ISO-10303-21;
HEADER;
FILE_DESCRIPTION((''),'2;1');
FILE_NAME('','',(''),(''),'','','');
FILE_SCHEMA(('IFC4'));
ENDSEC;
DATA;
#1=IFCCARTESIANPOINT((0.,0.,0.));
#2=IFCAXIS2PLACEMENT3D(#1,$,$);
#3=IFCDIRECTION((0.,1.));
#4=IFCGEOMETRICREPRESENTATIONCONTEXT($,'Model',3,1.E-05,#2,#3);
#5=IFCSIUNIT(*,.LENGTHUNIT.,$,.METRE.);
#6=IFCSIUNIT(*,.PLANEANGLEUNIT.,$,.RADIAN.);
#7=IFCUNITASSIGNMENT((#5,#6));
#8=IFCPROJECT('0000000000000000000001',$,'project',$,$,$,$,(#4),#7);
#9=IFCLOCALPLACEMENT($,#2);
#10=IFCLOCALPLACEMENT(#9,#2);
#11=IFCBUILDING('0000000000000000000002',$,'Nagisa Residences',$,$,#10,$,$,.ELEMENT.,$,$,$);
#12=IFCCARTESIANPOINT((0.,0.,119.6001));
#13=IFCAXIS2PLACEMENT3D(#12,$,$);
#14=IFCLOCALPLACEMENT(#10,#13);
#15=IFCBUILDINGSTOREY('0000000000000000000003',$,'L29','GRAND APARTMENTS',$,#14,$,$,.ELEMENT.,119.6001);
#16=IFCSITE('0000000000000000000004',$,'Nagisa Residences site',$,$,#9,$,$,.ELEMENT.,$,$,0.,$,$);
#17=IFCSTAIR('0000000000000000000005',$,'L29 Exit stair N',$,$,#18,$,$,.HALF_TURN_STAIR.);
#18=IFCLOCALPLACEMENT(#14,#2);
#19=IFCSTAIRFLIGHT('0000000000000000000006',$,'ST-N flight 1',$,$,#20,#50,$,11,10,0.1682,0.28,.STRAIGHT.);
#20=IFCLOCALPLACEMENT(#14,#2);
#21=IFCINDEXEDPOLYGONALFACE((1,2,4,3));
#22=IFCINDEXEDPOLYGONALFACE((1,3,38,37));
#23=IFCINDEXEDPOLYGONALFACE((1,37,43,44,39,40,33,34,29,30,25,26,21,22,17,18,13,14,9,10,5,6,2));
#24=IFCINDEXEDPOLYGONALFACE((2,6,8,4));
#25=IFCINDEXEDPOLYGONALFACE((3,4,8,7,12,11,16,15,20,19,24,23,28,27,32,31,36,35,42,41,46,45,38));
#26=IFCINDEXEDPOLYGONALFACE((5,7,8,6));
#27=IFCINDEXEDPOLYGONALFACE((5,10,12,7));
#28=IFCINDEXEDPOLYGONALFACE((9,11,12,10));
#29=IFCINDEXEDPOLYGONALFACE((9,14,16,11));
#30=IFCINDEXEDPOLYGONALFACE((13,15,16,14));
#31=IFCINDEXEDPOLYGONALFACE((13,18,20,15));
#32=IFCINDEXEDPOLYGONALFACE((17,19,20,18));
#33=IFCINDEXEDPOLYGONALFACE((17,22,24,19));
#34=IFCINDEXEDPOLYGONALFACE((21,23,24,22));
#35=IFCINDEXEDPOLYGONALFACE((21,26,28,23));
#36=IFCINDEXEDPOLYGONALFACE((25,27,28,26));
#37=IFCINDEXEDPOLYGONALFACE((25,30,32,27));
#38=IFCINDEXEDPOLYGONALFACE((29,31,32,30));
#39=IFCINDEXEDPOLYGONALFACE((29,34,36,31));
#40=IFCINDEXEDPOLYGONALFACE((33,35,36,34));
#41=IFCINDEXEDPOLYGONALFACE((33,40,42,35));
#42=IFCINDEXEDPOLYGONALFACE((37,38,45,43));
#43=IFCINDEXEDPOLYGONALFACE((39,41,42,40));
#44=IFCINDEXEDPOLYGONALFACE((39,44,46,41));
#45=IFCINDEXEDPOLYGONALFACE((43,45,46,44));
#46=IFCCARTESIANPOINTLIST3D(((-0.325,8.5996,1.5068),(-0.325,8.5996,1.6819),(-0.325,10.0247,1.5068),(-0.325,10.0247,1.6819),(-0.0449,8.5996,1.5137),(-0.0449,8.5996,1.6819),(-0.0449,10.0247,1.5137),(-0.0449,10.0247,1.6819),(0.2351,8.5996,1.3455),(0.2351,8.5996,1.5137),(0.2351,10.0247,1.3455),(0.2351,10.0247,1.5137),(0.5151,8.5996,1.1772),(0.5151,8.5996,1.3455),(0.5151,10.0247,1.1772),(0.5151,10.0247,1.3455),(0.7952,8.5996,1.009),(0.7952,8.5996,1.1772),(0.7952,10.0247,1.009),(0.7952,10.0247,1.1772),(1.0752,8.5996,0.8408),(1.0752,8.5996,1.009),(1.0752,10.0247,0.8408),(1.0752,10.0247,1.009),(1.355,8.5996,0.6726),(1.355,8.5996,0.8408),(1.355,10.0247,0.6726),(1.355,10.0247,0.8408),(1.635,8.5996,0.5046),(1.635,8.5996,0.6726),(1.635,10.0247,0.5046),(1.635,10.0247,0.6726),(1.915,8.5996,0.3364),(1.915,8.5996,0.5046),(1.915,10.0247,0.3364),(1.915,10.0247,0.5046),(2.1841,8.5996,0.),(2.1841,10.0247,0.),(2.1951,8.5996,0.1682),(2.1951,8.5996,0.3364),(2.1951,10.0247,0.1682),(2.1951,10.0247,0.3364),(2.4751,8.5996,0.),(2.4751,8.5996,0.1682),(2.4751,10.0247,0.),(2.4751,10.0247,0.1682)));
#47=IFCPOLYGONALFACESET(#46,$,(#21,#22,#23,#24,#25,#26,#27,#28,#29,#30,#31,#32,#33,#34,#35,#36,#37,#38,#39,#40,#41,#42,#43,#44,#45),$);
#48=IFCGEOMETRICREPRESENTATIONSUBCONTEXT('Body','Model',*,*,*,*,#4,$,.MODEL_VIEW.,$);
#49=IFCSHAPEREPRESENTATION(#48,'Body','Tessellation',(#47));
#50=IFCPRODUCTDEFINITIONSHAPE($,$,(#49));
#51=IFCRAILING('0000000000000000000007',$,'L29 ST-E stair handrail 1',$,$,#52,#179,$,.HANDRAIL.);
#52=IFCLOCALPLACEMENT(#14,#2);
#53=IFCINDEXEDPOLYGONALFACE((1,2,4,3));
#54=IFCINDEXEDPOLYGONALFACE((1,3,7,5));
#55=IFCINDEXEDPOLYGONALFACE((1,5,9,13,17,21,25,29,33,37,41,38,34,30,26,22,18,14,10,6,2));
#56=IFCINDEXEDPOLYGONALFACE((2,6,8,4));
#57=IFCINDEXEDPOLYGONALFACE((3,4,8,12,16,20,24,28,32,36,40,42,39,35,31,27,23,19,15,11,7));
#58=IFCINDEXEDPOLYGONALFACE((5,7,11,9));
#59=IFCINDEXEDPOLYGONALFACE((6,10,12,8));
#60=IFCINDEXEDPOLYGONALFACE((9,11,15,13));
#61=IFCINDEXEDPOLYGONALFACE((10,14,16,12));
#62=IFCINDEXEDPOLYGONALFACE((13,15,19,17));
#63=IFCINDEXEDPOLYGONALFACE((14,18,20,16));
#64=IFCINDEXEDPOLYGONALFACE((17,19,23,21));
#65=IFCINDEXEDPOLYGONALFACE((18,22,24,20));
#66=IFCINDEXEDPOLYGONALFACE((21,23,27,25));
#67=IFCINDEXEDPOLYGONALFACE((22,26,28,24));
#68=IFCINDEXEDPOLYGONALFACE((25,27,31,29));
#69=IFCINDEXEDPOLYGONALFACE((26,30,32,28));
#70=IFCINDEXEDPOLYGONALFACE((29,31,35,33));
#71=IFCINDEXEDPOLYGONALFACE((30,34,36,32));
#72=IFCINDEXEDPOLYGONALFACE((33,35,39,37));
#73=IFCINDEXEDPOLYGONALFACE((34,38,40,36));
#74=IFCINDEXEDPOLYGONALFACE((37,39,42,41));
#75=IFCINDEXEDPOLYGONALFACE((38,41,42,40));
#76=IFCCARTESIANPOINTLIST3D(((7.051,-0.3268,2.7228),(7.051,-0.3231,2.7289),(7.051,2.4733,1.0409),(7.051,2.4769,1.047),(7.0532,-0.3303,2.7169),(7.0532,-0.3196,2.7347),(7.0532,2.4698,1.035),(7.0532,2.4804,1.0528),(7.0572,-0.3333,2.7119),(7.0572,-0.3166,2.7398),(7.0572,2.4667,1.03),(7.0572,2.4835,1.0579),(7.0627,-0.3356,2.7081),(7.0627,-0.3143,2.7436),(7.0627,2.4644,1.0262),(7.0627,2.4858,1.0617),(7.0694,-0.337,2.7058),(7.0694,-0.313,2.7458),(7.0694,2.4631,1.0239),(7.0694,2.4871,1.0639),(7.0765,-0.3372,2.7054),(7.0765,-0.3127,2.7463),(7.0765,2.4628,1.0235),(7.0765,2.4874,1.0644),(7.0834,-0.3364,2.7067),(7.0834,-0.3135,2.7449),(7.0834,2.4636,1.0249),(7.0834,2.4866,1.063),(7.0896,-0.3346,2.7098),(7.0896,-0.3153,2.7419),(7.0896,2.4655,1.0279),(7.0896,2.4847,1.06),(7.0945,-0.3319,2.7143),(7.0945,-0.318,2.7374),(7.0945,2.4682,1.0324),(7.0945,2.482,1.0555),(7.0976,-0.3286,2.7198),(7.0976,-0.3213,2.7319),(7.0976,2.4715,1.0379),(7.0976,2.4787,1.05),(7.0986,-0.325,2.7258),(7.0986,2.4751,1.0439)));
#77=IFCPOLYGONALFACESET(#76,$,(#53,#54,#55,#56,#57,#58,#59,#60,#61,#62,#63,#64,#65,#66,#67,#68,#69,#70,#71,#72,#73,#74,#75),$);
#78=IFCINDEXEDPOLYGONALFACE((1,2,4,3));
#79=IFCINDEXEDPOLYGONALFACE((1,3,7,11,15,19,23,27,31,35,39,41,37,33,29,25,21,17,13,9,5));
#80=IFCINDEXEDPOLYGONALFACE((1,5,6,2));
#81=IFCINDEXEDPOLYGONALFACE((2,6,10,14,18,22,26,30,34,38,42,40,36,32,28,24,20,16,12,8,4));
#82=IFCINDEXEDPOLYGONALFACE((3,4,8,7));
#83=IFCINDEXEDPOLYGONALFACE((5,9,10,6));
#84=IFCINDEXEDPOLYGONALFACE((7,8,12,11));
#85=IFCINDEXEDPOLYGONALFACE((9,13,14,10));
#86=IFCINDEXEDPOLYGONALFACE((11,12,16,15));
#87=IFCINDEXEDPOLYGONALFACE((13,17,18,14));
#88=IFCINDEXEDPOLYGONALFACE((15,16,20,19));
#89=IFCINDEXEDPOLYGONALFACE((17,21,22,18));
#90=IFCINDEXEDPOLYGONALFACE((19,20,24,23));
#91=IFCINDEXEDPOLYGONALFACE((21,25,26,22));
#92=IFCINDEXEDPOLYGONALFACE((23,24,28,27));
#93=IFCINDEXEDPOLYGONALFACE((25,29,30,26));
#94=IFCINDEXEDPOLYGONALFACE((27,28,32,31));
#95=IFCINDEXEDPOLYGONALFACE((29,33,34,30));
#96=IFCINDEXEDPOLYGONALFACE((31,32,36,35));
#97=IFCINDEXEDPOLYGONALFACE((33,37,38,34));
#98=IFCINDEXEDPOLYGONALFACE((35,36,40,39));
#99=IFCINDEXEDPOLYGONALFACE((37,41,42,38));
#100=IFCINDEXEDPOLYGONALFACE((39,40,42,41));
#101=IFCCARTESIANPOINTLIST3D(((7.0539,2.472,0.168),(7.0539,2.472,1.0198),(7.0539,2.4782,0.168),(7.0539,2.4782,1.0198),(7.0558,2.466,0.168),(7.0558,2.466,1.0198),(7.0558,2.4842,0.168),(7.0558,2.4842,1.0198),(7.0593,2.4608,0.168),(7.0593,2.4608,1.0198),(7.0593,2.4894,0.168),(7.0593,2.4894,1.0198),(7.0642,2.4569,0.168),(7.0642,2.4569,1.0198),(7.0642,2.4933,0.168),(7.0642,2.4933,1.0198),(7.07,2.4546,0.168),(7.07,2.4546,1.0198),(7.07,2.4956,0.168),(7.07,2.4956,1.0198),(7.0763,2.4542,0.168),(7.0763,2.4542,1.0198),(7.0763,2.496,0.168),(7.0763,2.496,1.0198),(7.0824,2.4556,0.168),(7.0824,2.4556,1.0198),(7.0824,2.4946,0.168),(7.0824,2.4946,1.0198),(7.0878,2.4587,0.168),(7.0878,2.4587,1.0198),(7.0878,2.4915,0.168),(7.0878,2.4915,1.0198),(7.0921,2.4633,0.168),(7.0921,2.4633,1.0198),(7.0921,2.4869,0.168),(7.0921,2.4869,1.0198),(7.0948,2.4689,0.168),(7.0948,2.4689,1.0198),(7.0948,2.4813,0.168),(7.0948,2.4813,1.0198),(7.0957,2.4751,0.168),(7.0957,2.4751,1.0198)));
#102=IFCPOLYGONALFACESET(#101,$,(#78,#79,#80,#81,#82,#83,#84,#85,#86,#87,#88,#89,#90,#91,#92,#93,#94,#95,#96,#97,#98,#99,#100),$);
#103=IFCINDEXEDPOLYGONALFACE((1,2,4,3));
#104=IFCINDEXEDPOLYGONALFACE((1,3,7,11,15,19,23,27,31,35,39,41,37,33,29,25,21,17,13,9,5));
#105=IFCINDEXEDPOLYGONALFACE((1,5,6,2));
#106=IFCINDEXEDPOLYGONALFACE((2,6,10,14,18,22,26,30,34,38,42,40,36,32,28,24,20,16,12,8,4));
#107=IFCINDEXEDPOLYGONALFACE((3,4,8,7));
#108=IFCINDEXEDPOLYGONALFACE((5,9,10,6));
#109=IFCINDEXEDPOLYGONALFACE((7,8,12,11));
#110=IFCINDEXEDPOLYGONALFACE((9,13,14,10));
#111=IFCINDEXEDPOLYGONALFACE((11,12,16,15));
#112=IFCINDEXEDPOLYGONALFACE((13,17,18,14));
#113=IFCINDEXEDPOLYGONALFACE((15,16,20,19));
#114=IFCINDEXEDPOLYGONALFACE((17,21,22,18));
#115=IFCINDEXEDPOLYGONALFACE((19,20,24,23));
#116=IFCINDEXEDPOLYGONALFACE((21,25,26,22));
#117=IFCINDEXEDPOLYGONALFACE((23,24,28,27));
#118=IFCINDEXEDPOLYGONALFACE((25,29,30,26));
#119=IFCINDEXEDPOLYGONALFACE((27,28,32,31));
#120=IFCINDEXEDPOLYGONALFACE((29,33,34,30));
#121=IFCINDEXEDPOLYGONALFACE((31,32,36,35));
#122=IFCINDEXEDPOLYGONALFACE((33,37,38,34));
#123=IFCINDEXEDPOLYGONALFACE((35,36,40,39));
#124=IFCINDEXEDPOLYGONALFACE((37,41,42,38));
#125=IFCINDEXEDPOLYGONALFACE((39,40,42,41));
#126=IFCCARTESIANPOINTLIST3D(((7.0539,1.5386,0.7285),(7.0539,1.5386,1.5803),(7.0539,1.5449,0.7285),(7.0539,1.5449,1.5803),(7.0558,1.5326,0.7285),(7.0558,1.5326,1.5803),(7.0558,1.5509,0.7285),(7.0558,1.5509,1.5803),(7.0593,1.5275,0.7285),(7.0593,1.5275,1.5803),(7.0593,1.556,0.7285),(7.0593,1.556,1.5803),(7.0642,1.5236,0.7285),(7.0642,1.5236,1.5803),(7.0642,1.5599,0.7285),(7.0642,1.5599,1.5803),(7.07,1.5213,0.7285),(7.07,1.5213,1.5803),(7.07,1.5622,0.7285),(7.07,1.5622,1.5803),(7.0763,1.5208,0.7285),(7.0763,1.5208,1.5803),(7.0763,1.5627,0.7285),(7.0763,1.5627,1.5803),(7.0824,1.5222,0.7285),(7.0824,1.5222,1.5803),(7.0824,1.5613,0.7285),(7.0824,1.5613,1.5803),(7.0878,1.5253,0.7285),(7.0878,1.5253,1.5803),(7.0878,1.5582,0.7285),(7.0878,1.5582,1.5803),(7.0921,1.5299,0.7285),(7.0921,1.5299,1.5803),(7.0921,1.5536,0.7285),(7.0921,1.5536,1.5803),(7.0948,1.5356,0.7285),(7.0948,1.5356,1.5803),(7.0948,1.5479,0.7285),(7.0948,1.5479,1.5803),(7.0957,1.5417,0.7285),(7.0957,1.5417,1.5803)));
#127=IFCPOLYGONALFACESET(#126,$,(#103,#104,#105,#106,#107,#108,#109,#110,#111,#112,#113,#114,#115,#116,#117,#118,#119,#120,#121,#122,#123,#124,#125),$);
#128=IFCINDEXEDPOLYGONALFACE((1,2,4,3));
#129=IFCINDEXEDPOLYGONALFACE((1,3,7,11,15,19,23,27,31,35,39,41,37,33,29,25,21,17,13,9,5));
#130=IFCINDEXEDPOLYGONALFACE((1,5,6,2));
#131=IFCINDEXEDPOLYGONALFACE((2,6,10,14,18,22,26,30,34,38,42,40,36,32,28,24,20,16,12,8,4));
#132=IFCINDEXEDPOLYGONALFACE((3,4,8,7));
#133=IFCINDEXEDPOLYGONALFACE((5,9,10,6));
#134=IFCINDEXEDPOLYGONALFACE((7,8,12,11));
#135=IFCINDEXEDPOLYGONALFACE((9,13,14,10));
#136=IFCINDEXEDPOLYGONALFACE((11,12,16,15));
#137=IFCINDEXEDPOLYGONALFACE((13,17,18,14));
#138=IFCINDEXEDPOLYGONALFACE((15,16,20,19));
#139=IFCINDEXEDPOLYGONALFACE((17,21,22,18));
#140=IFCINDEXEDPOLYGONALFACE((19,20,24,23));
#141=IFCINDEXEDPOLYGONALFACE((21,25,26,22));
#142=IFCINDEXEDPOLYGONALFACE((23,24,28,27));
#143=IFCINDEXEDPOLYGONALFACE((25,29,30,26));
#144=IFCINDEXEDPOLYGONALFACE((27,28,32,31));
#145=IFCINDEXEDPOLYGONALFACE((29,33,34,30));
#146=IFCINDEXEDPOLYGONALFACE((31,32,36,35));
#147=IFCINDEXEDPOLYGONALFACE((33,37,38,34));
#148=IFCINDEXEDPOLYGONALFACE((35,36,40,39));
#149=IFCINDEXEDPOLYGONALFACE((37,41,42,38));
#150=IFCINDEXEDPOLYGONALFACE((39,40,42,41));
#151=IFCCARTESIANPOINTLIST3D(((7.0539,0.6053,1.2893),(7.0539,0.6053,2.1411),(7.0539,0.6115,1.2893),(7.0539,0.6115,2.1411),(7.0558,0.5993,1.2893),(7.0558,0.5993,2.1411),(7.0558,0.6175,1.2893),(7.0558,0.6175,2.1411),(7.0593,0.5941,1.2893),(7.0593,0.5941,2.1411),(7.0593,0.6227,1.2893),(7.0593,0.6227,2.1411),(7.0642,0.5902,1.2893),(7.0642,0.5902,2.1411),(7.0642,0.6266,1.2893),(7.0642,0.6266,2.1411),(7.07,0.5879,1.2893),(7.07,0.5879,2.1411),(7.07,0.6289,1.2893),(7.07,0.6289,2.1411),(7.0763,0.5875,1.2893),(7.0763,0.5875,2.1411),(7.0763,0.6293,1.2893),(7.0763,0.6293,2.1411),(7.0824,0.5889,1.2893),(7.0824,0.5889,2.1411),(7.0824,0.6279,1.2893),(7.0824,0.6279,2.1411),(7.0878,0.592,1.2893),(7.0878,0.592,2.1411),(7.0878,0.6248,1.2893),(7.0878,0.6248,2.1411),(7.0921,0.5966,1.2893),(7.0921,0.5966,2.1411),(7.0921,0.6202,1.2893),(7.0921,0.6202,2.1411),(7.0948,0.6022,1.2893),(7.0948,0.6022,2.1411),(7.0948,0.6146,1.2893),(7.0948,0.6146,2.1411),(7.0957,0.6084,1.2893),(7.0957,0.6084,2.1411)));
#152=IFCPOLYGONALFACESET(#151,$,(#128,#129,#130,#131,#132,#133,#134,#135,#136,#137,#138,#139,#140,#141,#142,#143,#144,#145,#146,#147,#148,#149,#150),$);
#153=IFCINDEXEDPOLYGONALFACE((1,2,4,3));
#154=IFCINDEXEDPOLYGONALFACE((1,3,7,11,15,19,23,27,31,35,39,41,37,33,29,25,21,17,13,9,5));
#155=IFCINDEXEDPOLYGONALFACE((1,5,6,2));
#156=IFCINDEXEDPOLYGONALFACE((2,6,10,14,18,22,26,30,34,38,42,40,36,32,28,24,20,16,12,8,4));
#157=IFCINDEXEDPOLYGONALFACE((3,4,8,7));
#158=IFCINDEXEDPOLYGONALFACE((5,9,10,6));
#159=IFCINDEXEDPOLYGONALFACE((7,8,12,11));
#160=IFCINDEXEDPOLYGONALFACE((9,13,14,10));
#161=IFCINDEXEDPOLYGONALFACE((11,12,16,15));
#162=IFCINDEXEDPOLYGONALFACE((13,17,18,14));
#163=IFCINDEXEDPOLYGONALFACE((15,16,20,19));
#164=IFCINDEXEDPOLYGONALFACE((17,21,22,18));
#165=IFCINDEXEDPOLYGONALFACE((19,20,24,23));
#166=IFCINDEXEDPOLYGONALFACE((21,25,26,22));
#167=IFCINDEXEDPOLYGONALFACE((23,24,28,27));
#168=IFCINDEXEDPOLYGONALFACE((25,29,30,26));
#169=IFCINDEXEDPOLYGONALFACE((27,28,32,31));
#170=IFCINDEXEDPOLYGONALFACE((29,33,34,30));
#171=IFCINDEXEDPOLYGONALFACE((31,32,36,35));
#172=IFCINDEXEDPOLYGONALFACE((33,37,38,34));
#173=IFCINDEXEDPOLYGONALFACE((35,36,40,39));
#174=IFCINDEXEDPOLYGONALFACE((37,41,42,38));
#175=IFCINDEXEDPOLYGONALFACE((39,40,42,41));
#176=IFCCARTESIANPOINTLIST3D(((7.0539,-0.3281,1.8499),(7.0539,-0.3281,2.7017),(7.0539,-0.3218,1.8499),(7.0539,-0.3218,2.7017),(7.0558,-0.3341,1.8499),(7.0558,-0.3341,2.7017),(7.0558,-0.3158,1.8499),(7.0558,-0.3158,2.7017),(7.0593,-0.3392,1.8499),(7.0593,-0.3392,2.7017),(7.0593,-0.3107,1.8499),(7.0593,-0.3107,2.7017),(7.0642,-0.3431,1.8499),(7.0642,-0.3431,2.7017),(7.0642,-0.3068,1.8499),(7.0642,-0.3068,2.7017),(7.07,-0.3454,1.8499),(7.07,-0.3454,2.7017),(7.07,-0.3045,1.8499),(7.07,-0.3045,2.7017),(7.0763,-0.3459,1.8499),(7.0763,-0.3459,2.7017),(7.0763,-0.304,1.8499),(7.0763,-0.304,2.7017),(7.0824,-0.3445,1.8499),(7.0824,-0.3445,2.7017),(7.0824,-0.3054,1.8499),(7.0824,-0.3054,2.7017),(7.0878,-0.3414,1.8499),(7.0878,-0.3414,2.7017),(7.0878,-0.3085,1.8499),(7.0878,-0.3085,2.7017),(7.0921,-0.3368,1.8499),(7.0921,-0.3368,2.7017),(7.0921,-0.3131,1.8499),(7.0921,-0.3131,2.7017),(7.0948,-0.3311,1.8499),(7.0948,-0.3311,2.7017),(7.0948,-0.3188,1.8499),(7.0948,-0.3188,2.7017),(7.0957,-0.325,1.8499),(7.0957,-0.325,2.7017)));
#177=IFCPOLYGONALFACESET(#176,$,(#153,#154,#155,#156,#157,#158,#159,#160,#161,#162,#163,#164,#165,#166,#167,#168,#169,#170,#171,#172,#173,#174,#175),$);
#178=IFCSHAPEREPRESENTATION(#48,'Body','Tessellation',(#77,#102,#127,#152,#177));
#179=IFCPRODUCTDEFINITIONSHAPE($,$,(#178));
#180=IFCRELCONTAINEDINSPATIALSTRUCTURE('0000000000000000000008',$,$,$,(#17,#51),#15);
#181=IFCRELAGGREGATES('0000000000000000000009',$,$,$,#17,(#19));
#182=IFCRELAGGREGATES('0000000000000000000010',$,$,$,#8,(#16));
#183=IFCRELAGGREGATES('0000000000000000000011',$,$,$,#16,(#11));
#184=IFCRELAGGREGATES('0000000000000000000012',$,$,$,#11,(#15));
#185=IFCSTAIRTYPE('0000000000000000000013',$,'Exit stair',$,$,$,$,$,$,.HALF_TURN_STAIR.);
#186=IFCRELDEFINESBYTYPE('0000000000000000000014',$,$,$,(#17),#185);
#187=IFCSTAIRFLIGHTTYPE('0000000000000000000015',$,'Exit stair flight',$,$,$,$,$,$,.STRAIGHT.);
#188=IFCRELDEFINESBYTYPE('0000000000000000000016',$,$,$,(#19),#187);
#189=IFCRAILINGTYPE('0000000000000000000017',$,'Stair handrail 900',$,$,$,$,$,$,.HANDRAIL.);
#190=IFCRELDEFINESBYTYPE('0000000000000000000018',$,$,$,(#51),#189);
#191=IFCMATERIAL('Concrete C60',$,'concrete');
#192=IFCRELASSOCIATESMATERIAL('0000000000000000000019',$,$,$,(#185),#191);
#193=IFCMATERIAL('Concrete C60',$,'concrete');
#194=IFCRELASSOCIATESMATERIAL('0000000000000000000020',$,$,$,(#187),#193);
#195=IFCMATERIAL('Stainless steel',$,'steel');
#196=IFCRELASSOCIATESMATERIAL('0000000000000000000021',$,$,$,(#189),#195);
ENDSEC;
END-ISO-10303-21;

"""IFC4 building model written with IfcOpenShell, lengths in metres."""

from ifc_helpers import new_model, si_unit, direction, frame, origin, origin_2d, place, context, subcontext, project, spatial, polyline, circle, outline, extrude, material, type_object, element, aggregate, save


model = new_model("IFC4")

# Units and contexts
model_context = context("Model", 3, precision=1e-05, world=origin(), true_north=direction((0.0, 1.0)))
body_context = subcontext(model_context, "Body", "Model", "MODEL_VIEW")
ifc_project = project(units=[si_unit("LENGTHUNIT", "METRE"), si_unit("PLANEANGLEUNIT", "RADIAN")], contexts=[model_context])

# Site, building, storey
site_placement = place(None, origin())
site = spatial("IfcSite", under=ifc_project, at=site_placement, Name="Nagisa Residences site", CompositionType="ELEMENT", RefElevation=0.0)
building_placement = place(site_placement, origin())
building = spatial("IfcBuilding", under=site, at=building_placement, Name="Nagisa Residences", CompositionType="ELEMENT")
storey_placement = place(building_placement, frame((0.0, 0.0, 119.6001)))
storey = spatial("IfcBuildingStorey", under=building, at=storey_placement, Name="L29", Description="GRAND APARTMENTS", CompositionType="ELEMENT", Elevation=119.6001)

# Stair
ifc_material_1 = material(Name="Concrete C60", Category="concrete")
stair_type = type_object("IfcStairType", Name="Exit stair", PredefinedType="HALF_TURN_STAIR", material=ifc_material_1)
stair_1_placement = place(storey_placement, origin())
stair_1 = element("IfcStair", 1, at=stair_1_placement, inside=storey, type_object=stair_type, Name="L29 Exit stair N", PredefinedType="HALF_TURN_STAIR")

# Stair flight
ifc_material_2 = material(Name="Concrete C60", Category="concrete")
stair_flight_type = type_object("IfcStairFlightType", Name="Exit stair flight", PredefinedType="STRAIGHT", material=ifc_material_2)
stair_flight_1_placement = place(storey_placement, frame((2.4751, 9.312, 0.0), z_axis=(0.0, 0.0, 1.0), x_axis=(-1.0, 0.0, 0.0)))
stair_flight_1 = element("IfcStairFlight", 2, at=stair_flight_1_placement, type_object=stair_flight_type, Name="ST-N flight 1", NumberOfRisers=11, NumberOfTreads=10, PredefinedType="STRAIGHT", RiserHeight=0.1682, TreadLength=0.28, context=body_context, shape_type="SweptSolid", body=[
    extrude(outline(polyline([(0.0, 0.0), (0.0, 0.1682), (0.28, 0.1682), (0.28, 0.3364), (0.5601, 0.3364), (0.5601, 0.5046), (0.8401, 0.5046), (0.8401, 0.6726), (1.1201, 0.6726), (1.1201, 0.8408), (1.3999, 0.8408), (1.3999, 1.009), (1.6799, 1.009), (1.6799, 1.1772), (1.96, 1.1772), (1.96, 1.3455), (2.24, 1.3455), (2.24, 1.5137), (2.52, 1.5137), (2.52, 1.6819), (2.8, 1.6819), (2.8, 1.8501), (2.8, 1.5068), (0.291, 0.0), (0.0, 0.0)])), frame((0.0, 0.7124, 0.0), z_axis=(0.0, -1.0, 0.0), x_axis=(1.0, 0.0, 0.0)), (0.0, 0.0, 1.0), 1.425),
])
aggregate(stair_1, [stair_flight_1])

# Railing
ifc_material_3 = material(Name="Stainless steel", Category="steel")
railing_type_1 = type_object("IfcRailingType", Name="Stair handrail 900", PredefinedType="HANDRAIL", material=ifc_material_3)
railing_1_placement = place(storey_placement, frame((7.0747, 2.4751, 0.168)))
element("IfcRailing", 3, at=railing_1_placement, inside=storey, type_object=railing_type_1, Name="L29 ST-E stair handrail 1", PredefinedType="HANDRAIL", context=body_context, shape_type="SweptSolid", body=[
    extrude(circle(Radius=0.0239, at=origin_2d()), frame((0.0, 0.0, 0.876), z_axis=(0.0, -0.857242, 0.514913), x_axis=(1.0, 0.0, 0.0)), (0.0, 0.0, 1.0), 3.2664),
    extrude(circle(Radius=0.021, at=origin_2d()), origin(), (0.0, 0.0, 1.0), 0.8518),
    extrude(circle(Radius=0.021, at=origin_2d()), frame((0.0, -0.9333, 0.5605)), (0.0, 0.0, 1.0), 0.8518),
    extrude(circle(Radius=0.021, at=origin_2d()), frame((0.0, -1.8667, 1.1213)), (0.0, 0.0, 1.0), 0.8518),
    extrude(circle(Radius=0.021, at=origin_2d()), frame((0.0, -2.8, 1.6819)), (0.0, 0.0, 1.0), 0.8518),
])

save(model, "model.ifc")
